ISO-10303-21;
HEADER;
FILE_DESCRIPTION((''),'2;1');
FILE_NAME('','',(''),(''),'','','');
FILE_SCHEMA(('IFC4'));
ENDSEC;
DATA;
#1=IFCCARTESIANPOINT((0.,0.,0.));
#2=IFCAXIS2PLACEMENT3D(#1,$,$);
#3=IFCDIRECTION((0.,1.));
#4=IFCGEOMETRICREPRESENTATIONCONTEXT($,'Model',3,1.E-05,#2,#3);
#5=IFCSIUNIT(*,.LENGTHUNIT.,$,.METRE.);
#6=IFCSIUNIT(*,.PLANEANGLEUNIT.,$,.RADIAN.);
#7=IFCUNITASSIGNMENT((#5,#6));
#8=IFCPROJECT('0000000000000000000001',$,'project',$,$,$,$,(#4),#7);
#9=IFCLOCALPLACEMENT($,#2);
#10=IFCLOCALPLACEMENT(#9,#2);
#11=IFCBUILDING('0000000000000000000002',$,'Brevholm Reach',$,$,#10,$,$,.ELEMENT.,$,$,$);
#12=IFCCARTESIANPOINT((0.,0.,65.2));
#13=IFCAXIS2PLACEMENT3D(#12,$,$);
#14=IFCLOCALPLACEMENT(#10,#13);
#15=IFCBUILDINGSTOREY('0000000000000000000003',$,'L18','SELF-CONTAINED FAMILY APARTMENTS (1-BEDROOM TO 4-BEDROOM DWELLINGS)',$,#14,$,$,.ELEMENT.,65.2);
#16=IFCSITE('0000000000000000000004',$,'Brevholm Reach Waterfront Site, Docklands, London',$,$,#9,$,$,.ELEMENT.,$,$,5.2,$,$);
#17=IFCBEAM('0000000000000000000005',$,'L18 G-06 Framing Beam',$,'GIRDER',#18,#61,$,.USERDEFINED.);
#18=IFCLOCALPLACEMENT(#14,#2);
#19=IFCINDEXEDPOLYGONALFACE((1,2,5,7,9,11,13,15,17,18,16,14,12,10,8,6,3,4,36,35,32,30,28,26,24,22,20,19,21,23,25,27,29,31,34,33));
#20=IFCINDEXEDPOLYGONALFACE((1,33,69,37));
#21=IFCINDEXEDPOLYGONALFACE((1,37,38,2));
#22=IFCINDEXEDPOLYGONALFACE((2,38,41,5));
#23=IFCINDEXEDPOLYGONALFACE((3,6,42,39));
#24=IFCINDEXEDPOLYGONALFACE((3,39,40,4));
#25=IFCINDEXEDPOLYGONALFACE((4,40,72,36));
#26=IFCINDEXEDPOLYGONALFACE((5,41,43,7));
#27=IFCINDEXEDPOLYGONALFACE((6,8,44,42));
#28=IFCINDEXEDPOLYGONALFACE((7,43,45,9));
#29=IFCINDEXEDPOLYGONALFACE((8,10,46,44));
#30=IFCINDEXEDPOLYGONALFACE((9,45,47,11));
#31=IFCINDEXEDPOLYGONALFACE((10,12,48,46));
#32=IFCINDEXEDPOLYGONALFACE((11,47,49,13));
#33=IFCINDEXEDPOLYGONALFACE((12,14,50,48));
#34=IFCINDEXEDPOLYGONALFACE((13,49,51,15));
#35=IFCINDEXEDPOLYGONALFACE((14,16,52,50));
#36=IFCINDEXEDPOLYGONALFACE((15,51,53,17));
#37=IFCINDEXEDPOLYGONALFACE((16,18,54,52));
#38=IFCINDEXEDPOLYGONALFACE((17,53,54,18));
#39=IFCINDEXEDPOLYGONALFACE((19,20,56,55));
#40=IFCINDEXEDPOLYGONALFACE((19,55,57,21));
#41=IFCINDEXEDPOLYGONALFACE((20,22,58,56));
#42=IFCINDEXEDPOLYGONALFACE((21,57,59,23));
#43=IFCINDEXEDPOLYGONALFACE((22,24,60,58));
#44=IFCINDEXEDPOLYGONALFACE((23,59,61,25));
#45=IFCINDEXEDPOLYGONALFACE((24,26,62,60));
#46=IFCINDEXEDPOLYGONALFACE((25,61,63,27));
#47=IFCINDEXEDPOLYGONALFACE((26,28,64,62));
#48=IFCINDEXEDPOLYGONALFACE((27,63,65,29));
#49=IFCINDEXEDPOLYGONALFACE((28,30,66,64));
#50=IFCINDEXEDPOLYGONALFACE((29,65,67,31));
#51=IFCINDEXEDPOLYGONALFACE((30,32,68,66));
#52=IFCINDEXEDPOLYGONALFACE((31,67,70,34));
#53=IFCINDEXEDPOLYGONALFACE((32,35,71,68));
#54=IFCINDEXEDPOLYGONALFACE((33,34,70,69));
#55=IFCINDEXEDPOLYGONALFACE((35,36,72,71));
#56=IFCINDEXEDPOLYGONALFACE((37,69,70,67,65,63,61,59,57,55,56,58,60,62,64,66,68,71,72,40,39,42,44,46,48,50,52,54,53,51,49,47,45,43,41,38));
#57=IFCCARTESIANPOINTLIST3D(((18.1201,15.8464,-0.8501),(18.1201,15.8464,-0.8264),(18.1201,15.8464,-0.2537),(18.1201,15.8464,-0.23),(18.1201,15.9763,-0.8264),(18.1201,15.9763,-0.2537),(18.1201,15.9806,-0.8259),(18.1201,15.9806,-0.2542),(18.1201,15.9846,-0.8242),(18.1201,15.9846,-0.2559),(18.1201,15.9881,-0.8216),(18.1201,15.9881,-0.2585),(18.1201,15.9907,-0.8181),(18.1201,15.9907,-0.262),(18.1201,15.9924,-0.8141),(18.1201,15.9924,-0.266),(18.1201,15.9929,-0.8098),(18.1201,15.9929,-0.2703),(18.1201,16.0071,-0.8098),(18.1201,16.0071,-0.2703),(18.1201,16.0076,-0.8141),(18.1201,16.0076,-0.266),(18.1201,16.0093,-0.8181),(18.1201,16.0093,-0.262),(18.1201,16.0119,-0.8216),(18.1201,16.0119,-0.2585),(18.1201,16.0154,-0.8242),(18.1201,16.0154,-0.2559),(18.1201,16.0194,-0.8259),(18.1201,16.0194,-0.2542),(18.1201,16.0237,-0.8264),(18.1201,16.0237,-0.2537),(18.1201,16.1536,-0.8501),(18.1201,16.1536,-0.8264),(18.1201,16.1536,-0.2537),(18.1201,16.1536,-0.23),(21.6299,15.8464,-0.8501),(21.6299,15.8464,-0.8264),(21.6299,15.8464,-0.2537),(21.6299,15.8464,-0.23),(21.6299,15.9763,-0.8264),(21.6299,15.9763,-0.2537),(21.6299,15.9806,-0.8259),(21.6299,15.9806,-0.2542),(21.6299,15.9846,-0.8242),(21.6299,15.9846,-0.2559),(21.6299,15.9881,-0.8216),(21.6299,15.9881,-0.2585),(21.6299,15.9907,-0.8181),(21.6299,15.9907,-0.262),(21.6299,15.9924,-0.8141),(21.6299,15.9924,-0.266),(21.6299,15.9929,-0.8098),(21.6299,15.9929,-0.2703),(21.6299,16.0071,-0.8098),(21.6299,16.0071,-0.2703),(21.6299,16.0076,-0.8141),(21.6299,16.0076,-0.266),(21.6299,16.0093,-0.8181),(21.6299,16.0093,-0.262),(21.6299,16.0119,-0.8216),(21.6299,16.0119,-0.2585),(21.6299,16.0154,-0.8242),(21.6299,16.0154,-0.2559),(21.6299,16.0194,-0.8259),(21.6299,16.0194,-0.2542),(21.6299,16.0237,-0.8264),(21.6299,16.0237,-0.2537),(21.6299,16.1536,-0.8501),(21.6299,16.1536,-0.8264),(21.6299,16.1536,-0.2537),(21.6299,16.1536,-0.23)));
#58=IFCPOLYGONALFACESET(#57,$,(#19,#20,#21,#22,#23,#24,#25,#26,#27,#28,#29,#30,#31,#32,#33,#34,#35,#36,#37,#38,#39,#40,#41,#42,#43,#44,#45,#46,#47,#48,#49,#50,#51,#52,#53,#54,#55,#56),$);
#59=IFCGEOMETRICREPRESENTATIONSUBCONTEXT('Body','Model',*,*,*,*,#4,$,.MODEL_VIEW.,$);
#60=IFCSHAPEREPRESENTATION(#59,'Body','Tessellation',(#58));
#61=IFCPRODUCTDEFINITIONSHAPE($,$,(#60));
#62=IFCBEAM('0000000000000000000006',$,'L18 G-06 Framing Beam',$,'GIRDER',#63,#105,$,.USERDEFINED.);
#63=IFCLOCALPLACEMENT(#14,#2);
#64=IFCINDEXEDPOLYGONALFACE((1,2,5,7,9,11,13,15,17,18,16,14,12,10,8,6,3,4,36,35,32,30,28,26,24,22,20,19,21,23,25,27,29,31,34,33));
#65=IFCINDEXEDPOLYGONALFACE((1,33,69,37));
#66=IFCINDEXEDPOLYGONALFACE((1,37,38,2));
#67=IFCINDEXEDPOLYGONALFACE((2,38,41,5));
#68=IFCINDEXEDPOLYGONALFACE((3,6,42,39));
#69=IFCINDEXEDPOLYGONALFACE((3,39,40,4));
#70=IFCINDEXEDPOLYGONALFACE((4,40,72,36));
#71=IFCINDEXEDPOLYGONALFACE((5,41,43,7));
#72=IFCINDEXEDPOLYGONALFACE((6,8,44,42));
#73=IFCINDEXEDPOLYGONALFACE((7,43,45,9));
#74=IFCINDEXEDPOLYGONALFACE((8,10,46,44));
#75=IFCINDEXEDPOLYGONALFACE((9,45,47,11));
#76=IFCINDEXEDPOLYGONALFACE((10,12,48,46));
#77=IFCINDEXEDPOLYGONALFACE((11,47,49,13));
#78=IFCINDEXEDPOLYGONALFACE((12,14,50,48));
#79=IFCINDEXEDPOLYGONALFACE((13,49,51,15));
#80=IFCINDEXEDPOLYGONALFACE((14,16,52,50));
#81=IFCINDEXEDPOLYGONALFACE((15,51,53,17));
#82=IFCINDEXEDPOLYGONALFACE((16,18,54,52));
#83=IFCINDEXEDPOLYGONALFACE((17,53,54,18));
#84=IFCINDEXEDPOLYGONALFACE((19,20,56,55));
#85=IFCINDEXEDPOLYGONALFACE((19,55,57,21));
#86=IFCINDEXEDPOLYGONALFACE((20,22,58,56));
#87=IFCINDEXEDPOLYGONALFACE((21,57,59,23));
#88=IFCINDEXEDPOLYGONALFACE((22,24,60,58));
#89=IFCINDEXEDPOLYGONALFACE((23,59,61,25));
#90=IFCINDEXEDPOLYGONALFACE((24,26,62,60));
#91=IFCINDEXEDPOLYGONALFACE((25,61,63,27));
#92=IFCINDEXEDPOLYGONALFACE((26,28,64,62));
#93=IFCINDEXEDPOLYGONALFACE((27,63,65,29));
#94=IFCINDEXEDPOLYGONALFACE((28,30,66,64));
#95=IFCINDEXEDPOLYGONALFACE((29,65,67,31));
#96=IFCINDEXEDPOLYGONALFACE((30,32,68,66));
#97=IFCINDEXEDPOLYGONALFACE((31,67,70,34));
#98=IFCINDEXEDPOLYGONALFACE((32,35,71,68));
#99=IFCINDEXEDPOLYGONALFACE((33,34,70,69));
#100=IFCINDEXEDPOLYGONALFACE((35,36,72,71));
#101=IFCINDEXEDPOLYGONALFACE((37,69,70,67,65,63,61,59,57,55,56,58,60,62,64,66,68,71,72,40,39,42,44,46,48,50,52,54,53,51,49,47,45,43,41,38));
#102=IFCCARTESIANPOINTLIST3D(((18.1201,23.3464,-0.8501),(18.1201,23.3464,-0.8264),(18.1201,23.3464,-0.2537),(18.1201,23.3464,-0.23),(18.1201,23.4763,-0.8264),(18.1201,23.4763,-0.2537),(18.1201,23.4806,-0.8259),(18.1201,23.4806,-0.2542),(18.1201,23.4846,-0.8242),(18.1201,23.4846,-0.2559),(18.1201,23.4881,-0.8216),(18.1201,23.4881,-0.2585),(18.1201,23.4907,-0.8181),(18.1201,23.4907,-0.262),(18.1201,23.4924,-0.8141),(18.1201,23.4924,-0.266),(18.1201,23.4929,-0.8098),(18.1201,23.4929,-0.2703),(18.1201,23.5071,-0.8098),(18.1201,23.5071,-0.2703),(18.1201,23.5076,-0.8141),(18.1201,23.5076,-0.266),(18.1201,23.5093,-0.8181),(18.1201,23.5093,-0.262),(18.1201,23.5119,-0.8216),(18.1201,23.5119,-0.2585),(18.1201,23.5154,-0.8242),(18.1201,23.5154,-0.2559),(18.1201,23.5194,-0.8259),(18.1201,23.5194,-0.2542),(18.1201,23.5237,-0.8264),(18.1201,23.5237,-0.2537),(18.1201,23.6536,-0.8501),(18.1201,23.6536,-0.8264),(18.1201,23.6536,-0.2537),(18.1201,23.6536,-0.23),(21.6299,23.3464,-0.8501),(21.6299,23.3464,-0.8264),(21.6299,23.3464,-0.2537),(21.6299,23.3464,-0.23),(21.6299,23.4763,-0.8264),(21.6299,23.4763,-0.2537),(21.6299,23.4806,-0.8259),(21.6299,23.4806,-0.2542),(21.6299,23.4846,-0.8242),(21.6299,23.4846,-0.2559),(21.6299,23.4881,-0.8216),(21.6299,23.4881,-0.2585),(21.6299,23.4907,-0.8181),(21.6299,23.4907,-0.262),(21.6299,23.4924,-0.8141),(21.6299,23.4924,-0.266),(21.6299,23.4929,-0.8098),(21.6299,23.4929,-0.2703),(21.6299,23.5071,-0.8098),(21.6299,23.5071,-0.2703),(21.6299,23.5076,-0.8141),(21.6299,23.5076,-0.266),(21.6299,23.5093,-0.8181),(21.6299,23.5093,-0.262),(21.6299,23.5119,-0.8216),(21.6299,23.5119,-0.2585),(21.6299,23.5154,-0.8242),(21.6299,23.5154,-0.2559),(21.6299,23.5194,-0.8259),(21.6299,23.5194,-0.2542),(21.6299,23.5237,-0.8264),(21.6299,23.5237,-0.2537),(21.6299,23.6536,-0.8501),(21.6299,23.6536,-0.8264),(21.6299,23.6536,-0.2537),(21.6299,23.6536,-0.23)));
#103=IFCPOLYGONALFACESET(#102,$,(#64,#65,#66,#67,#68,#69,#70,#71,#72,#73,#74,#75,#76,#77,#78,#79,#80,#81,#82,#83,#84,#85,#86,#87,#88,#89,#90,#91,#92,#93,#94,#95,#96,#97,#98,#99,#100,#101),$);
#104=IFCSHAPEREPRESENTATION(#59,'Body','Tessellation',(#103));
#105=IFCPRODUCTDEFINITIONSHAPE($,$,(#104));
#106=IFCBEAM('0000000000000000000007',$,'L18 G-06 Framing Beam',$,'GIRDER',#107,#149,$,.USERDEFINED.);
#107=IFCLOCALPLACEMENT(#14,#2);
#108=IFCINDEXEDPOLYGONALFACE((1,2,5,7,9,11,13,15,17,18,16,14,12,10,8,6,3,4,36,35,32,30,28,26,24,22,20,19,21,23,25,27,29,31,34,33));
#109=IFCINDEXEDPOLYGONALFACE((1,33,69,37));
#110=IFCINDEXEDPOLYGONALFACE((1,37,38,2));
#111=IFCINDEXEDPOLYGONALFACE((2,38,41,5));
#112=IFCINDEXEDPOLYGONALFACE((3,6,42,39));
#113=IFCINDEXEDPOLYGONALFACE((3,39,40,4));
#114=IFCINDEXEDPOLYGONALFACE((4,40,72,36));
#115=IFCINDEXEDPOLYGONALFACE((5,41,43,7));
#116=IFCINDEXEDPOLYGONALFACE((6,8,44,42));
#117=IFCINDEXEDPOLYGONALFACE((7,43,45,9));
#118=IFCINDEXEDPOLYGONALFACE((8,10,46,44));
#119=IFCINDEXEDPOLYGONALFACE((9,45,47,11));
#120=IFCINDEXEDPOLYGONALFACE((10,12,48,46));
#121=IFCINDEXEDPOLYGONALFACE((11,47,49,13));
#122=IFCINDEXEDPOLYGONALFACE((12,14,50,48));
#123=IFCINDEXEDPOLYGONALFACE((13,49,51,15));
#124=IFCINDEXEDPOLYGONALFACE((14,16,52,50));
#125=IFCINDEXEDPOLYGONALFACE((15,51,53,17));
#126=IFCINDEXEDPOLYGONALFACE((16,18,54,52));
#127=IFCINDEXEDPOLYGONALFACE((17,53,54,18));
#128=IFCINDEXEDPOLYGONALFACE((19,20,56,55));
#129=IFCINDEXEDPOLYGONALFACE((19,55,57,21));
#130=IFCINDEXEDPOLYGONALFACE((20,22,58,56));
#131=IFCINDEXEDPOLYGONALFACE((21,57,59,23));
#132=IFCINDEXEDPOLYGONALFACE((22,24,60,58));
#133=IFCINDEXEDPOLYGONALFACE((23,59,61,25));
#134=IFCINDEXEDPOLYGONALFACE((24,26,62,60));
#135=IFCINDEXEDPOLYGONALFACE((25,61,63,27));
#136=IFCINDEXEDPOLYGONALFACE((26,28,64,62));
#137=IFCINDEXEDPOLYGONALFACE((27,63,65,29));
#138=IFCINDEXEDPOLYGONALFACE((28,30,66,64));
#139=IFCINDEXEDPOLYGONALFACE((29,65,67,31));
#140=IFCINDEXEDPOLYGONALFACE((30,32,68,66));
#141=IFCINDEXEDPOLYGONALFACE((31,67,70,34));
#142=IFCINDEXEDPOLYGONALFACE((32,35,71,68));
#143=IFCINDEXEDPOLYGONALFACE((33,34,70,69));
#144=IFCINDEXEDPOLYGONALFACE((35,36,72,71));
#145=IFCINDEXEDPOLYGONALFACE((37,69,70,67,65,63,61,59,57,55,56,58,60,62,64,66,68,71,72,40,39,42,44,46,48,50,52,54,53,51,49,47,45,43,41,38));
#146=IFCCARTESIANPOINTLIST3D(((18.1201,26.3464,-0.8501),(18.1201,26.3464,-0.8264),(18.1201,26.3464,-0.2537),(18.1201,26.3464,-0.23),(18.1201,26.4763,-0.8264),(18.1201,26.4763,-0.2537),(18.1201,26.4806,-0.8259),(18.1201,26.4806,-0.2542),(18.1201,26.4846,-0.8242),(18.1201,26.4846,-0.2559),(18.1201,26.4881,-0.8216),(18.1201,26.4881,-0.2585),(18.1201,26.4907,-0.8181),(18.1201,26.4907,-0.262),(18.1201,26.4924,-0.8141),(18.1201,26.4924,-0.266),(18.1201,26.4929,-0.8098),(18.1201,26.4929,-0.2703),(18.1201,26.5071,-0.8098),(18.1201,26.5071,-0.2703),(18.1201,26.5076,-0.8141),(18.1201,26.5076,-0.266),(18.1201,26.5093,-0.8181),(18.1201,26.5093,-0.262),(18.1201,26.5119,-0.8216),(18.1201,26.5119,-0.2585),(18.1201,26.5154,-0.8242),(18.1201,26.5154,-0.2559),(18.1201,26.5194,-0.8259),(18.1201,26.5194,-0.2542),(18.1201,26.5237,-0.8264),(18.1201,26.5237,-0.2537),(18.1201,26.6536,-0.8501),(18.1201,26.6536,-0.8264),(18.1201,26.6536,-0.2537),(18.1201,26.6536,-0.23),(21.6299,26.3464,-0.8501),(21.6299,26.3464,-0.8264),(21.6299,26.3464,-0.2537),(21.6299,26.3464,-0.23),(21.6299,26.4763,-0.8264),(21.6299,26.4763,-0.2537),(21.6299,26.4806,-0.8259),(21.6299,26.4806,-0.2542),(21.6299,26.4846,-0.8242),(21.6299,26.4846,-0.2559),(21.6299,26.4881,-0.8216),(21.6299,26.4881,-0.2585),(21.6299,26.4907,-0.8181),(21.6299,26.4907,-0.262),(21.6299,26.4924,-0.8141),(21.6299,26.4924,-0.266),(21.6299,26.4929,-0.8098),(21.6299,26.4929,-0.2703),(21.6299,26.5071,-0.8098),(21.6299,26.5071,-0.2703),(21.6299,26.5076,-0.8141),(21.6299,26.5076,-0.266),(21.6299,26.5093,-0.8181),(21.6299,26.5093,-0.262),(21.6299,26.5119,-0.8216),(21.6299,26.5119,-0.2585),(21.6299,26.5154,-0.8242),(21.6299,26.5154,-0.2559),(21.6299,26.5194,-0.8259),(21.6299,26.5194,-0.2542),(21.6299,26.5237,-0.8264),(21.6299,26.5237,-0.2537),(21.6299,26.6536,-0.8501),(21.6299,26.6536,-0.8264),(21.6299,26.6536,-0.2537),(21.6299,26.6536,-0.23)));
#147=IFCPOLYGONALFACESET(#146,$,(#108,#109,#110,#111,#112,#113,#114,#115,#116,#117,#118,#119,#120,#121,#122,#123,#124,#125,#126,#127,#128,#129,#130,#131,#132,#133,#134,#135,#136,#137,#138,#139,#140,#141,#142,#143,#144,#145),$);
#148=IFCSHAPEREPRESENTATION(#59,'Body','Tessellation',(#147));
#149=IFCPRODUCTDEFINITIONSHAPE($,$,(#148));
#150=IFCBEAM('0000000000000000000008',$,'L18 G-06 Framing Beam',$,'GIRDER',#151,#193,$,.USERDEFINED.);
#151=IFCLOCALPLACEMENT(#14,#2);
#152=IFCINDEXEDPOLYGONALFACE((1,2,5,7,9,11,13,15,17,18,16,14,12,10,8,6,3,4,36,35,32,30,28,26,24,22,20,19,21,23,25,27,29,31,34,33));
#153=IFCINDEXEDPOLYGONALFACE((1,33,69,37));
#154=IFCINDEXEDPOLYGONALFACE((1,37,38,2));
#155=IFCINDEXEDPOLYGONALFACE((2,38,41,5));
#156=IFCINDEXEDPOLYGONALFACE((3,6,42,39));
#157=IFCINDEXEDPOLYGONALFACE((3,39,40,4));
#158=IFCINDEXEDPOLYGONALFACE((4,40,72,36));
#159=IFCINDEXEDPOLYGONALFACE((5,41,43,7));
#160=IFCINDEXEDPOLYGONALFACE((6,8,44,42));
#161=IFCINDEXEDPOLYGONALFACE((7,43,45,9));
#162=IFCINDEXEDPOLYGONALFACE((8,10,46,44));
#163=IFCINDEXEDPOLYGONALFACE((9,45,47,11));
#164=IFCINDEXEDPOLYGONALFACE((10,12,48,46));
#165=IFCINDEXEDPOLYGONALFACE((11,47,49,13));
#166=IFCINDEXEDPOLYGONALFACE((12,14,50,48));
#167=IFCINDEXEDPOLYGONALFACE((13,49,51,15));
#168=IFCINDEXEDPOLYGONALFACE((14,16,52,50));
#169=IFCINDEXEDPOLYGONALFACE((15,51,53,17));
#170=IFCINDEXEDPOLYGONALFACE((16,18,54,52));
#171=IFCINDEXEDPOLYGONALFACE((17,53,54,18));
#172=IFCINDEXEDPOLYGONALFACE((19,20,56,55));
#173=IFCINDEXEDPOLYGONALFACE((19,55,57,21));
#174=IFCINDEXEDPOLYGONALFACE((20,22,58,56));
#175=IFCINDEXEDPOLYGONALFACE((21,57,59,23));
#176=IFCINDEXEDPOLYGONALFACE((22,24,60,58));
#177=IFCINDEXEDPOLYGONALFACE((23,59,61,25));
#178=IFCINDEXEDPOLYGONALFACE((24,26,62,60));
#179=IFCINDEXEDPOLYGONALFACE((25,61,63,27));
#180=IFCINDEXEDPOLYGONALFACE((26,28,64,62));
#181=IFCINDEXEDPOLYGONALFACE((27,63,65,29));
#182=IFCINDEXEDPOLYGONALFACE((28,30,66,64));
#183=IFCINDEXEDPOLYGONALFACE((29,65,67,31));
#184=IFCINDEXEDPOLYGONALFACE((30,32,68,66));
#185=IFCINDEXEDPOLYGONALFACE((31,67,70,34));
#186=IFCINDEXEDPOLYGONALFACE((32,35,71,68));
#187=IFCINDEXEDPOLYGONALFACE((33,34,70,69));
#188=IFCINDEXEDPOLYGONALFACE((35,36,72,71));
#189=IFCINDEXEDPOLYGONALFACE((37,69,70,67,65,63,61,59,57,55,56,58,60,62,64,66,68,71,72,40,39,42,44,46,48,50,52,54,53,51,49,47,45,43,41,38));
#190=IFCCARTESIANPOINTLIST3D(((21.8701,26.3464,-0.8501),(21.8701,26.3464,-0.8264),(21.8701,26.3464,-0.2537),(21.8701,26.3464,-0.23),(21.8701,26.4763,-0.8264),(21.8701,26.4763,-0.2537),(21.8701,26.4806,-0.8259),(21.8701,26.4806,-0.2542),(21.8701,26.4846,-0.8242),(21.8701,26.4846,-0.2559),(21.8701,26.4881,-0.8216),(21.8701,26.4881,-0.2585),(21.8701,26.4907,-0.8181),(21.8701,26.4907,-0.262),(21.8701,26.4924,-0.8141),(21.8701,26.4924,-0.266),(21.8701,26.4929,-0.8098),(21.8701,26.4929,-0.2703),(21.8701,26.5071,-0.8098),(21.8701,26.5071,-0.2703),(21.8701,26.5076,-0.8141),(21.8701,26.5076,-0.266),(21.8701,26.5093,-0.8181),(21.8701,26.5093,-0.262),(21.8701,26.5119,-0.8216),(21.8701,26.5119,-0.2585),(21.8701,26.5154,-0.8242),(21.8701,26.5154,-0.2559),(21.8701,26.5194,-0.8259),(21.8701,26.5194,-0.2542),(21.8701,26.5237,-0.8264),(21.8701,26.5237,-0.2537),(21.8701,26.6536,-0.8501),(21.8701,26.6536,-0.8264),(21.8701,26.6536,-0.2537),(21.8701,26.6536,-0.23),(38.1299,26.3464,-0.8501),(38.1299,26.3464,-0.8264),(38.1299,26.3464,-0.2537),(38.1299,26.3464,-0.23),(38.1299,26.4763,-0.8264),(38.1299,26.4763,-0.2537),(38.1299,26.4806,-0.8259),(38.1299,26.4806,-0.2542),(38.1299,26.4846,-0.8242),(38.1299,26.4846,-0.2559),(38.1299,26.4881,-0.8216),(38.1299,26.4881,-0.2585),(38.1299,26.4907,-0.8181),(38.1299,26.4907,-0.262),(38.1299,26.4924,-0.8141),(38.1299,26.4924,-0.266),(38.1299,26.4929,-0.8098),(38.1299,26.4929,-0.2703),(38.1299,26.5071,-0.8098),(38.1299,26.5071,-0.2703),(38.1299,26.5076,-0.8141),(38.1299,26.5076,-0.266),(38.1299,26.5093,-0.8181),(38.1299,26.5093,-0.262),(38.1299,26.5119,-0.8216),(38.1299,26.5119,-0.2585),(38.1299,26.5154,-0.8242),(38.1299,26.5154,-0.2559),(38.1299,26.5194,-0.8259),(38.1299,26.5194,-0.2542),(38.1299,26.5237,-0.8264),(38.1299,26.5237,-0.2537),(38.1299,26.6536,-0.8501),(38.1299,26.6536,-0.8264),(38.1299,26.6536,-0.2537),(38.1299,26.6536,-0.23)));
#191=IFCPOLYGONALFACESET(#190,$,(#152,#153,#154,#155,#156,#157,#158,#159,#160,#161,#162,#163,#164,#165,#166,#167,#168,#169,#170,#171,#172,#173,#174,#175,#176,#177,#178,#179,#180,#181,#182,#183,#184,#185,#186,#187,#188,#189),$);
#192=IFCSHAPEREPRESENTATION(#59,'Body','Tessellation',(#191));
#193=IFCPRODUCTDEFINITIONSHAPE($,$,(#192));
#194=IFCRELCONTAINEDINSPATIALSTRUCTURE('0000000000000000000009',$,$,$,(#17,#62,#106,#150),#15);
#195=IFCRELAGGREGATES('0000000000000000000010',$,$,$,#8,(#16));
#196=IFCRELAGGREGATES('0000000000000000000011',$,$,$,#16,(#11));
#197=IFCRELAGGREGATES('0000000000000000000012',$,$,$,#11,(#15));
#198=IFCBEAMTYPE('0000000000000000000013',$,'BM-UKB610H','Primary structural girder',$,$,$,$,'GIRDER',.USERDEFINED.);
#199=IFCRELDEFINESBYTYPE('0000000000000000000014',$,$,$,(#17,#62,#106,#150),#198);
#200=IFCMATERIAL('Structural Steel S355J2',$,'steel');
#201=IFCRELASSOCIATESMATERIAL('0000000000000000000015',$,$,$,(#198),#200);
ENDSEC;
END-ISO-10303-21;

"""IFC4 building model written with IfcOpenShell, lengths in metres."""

from ifc_helpers import new_model, si_unit, direction, frame, origin, origin_2d, place, context, subcontext, project, spatial, i_section, extrude, material, material_profile, profile_set, type_object, element, save


model = new_model("IFC4")

# Units and contexts
model_context = context("Model", 3, precision=1e-05, world=origin(), true_north=direction((0.0, 1.0)))
body_context = subcontext(model_context, "Body", "Model", "MODEL_VIEW")
ifc_project = project(units=[si_unit("LENGTHUNIT", "METRE"), si_unit("PLANEANGLEUNIT", "RADIAN")], contexts=[model_context])

# Site, building, storey
site_placement = place(None, origin())
site = spatial("IfcSite", under=ifc_project, at=site_placement, Name="Brevholm Reach Waterfront Site, Docklands, London", CompositionType="ELEMENT", RefElevation=5.2)
building_placement = place(site_placement, origin())
building = spatial("IfcBuilding", under=site, at=building_placement, Name="Brevholm Reach", CompositionType="ELEMENT")
storey_placement = place(building_placement, frame((0.0, 0.0, 65.2)))
storey = spatial("IfcBuildingStorey", under=building, at=storey_placement, Name="L18", Description="SELF-CONTAINED FAMILY APARTMENTS (1-BEDROOM TO 4-BEDROOM DWELLINGS)", CompositionType="ELEMENT", Elevation=65.2)

# Beams
ifc_material_1 = material(Name="Structural Steel S355J2", Category="steel")
ifc_material_profile_1 = material_profile(ifc_material_1, i_section(OverallWidth=0.3071, OverallDepth=0.6201, WebThickness=0.0142, FlangeThickness=0.0237, FilletRadius=0.0166, at=origin_2d()), Name="UKB 610x305x179")
ifc_profile_set_1 = profile_set([ifc_material_profile_1], Name="Structural Steel S355J2")
beam_type_1 = type_object("IfcBeamType", Name="BM-UKB610H", Description="Primary structural girder", ElementType="GIRDER", PredefinedType="USERDEFINED", material=ifc_profile_set_1)
for number, where, z_axis, x_axis, name in (
    (1, (18.1201, 16.0, -0.54), (1.0, 0.0, 0.0), (0.0, 1.0, 0.0), "L18 G-06 Framing Beam"),
    (2, (18.1201, 23.5, -0.54), (1.0, 0.0, 0.0), (0.0, 1.0, 0.0), "L18 G-06 Framing Beam"),
    (3, (18.1201, 26.5, -0.54), (1.0, 0.0, 0.0), (0.0, 1.0, 0.0), "L18 G-06 Framing Beam"),
):
    element("IfcBeam", number, at=place(storey_placement, frame(where, z_axis=z_axis, x_axis=x_axis)), inside=storey, type_object=beam_type_1, Name=name, ObjectType="GIRDER", PredefinedType="USERDEFINED", context=body_context, shape_type="SweptSolid", body=[
        extrude(i_section(OverallWidth=0.3071, OverallDepth=0.6201, WebThickness=0.0142, FlangeThickness=0.0237, FilletRadius=0.0166, at=origin_2d()), origin(), (0.0, 0.0, 1.0), 3.5098),
    ])
beam_1_placement = place(storey_placement, frame((21.8701, 26.5, -0.54), z_axis=(1.0, 0.0, 0.0), x_axis=(0.0, 1.0, 0.0)))
element("IfcBeam", 4, at=beam_1_placement, inside=storey, type_object=beam_type_1, Name="L18 G-06 Framing Beam", ObjectType="GIRDER", PredefinedType="USERDEFINED", context=body_context, shape_type="SweptSolid", body=[
    extrude(i_section(OverallWidth=0.3071, OverallDepth=0.6201, WebThickness=0.0142, FlangeThickness=0.0237, FilletRadius=0.0166, at=origin_2d()), origin(), (0.0, 0.0, 1.0), 16.2598),
])

save(model, "model.ifc")
